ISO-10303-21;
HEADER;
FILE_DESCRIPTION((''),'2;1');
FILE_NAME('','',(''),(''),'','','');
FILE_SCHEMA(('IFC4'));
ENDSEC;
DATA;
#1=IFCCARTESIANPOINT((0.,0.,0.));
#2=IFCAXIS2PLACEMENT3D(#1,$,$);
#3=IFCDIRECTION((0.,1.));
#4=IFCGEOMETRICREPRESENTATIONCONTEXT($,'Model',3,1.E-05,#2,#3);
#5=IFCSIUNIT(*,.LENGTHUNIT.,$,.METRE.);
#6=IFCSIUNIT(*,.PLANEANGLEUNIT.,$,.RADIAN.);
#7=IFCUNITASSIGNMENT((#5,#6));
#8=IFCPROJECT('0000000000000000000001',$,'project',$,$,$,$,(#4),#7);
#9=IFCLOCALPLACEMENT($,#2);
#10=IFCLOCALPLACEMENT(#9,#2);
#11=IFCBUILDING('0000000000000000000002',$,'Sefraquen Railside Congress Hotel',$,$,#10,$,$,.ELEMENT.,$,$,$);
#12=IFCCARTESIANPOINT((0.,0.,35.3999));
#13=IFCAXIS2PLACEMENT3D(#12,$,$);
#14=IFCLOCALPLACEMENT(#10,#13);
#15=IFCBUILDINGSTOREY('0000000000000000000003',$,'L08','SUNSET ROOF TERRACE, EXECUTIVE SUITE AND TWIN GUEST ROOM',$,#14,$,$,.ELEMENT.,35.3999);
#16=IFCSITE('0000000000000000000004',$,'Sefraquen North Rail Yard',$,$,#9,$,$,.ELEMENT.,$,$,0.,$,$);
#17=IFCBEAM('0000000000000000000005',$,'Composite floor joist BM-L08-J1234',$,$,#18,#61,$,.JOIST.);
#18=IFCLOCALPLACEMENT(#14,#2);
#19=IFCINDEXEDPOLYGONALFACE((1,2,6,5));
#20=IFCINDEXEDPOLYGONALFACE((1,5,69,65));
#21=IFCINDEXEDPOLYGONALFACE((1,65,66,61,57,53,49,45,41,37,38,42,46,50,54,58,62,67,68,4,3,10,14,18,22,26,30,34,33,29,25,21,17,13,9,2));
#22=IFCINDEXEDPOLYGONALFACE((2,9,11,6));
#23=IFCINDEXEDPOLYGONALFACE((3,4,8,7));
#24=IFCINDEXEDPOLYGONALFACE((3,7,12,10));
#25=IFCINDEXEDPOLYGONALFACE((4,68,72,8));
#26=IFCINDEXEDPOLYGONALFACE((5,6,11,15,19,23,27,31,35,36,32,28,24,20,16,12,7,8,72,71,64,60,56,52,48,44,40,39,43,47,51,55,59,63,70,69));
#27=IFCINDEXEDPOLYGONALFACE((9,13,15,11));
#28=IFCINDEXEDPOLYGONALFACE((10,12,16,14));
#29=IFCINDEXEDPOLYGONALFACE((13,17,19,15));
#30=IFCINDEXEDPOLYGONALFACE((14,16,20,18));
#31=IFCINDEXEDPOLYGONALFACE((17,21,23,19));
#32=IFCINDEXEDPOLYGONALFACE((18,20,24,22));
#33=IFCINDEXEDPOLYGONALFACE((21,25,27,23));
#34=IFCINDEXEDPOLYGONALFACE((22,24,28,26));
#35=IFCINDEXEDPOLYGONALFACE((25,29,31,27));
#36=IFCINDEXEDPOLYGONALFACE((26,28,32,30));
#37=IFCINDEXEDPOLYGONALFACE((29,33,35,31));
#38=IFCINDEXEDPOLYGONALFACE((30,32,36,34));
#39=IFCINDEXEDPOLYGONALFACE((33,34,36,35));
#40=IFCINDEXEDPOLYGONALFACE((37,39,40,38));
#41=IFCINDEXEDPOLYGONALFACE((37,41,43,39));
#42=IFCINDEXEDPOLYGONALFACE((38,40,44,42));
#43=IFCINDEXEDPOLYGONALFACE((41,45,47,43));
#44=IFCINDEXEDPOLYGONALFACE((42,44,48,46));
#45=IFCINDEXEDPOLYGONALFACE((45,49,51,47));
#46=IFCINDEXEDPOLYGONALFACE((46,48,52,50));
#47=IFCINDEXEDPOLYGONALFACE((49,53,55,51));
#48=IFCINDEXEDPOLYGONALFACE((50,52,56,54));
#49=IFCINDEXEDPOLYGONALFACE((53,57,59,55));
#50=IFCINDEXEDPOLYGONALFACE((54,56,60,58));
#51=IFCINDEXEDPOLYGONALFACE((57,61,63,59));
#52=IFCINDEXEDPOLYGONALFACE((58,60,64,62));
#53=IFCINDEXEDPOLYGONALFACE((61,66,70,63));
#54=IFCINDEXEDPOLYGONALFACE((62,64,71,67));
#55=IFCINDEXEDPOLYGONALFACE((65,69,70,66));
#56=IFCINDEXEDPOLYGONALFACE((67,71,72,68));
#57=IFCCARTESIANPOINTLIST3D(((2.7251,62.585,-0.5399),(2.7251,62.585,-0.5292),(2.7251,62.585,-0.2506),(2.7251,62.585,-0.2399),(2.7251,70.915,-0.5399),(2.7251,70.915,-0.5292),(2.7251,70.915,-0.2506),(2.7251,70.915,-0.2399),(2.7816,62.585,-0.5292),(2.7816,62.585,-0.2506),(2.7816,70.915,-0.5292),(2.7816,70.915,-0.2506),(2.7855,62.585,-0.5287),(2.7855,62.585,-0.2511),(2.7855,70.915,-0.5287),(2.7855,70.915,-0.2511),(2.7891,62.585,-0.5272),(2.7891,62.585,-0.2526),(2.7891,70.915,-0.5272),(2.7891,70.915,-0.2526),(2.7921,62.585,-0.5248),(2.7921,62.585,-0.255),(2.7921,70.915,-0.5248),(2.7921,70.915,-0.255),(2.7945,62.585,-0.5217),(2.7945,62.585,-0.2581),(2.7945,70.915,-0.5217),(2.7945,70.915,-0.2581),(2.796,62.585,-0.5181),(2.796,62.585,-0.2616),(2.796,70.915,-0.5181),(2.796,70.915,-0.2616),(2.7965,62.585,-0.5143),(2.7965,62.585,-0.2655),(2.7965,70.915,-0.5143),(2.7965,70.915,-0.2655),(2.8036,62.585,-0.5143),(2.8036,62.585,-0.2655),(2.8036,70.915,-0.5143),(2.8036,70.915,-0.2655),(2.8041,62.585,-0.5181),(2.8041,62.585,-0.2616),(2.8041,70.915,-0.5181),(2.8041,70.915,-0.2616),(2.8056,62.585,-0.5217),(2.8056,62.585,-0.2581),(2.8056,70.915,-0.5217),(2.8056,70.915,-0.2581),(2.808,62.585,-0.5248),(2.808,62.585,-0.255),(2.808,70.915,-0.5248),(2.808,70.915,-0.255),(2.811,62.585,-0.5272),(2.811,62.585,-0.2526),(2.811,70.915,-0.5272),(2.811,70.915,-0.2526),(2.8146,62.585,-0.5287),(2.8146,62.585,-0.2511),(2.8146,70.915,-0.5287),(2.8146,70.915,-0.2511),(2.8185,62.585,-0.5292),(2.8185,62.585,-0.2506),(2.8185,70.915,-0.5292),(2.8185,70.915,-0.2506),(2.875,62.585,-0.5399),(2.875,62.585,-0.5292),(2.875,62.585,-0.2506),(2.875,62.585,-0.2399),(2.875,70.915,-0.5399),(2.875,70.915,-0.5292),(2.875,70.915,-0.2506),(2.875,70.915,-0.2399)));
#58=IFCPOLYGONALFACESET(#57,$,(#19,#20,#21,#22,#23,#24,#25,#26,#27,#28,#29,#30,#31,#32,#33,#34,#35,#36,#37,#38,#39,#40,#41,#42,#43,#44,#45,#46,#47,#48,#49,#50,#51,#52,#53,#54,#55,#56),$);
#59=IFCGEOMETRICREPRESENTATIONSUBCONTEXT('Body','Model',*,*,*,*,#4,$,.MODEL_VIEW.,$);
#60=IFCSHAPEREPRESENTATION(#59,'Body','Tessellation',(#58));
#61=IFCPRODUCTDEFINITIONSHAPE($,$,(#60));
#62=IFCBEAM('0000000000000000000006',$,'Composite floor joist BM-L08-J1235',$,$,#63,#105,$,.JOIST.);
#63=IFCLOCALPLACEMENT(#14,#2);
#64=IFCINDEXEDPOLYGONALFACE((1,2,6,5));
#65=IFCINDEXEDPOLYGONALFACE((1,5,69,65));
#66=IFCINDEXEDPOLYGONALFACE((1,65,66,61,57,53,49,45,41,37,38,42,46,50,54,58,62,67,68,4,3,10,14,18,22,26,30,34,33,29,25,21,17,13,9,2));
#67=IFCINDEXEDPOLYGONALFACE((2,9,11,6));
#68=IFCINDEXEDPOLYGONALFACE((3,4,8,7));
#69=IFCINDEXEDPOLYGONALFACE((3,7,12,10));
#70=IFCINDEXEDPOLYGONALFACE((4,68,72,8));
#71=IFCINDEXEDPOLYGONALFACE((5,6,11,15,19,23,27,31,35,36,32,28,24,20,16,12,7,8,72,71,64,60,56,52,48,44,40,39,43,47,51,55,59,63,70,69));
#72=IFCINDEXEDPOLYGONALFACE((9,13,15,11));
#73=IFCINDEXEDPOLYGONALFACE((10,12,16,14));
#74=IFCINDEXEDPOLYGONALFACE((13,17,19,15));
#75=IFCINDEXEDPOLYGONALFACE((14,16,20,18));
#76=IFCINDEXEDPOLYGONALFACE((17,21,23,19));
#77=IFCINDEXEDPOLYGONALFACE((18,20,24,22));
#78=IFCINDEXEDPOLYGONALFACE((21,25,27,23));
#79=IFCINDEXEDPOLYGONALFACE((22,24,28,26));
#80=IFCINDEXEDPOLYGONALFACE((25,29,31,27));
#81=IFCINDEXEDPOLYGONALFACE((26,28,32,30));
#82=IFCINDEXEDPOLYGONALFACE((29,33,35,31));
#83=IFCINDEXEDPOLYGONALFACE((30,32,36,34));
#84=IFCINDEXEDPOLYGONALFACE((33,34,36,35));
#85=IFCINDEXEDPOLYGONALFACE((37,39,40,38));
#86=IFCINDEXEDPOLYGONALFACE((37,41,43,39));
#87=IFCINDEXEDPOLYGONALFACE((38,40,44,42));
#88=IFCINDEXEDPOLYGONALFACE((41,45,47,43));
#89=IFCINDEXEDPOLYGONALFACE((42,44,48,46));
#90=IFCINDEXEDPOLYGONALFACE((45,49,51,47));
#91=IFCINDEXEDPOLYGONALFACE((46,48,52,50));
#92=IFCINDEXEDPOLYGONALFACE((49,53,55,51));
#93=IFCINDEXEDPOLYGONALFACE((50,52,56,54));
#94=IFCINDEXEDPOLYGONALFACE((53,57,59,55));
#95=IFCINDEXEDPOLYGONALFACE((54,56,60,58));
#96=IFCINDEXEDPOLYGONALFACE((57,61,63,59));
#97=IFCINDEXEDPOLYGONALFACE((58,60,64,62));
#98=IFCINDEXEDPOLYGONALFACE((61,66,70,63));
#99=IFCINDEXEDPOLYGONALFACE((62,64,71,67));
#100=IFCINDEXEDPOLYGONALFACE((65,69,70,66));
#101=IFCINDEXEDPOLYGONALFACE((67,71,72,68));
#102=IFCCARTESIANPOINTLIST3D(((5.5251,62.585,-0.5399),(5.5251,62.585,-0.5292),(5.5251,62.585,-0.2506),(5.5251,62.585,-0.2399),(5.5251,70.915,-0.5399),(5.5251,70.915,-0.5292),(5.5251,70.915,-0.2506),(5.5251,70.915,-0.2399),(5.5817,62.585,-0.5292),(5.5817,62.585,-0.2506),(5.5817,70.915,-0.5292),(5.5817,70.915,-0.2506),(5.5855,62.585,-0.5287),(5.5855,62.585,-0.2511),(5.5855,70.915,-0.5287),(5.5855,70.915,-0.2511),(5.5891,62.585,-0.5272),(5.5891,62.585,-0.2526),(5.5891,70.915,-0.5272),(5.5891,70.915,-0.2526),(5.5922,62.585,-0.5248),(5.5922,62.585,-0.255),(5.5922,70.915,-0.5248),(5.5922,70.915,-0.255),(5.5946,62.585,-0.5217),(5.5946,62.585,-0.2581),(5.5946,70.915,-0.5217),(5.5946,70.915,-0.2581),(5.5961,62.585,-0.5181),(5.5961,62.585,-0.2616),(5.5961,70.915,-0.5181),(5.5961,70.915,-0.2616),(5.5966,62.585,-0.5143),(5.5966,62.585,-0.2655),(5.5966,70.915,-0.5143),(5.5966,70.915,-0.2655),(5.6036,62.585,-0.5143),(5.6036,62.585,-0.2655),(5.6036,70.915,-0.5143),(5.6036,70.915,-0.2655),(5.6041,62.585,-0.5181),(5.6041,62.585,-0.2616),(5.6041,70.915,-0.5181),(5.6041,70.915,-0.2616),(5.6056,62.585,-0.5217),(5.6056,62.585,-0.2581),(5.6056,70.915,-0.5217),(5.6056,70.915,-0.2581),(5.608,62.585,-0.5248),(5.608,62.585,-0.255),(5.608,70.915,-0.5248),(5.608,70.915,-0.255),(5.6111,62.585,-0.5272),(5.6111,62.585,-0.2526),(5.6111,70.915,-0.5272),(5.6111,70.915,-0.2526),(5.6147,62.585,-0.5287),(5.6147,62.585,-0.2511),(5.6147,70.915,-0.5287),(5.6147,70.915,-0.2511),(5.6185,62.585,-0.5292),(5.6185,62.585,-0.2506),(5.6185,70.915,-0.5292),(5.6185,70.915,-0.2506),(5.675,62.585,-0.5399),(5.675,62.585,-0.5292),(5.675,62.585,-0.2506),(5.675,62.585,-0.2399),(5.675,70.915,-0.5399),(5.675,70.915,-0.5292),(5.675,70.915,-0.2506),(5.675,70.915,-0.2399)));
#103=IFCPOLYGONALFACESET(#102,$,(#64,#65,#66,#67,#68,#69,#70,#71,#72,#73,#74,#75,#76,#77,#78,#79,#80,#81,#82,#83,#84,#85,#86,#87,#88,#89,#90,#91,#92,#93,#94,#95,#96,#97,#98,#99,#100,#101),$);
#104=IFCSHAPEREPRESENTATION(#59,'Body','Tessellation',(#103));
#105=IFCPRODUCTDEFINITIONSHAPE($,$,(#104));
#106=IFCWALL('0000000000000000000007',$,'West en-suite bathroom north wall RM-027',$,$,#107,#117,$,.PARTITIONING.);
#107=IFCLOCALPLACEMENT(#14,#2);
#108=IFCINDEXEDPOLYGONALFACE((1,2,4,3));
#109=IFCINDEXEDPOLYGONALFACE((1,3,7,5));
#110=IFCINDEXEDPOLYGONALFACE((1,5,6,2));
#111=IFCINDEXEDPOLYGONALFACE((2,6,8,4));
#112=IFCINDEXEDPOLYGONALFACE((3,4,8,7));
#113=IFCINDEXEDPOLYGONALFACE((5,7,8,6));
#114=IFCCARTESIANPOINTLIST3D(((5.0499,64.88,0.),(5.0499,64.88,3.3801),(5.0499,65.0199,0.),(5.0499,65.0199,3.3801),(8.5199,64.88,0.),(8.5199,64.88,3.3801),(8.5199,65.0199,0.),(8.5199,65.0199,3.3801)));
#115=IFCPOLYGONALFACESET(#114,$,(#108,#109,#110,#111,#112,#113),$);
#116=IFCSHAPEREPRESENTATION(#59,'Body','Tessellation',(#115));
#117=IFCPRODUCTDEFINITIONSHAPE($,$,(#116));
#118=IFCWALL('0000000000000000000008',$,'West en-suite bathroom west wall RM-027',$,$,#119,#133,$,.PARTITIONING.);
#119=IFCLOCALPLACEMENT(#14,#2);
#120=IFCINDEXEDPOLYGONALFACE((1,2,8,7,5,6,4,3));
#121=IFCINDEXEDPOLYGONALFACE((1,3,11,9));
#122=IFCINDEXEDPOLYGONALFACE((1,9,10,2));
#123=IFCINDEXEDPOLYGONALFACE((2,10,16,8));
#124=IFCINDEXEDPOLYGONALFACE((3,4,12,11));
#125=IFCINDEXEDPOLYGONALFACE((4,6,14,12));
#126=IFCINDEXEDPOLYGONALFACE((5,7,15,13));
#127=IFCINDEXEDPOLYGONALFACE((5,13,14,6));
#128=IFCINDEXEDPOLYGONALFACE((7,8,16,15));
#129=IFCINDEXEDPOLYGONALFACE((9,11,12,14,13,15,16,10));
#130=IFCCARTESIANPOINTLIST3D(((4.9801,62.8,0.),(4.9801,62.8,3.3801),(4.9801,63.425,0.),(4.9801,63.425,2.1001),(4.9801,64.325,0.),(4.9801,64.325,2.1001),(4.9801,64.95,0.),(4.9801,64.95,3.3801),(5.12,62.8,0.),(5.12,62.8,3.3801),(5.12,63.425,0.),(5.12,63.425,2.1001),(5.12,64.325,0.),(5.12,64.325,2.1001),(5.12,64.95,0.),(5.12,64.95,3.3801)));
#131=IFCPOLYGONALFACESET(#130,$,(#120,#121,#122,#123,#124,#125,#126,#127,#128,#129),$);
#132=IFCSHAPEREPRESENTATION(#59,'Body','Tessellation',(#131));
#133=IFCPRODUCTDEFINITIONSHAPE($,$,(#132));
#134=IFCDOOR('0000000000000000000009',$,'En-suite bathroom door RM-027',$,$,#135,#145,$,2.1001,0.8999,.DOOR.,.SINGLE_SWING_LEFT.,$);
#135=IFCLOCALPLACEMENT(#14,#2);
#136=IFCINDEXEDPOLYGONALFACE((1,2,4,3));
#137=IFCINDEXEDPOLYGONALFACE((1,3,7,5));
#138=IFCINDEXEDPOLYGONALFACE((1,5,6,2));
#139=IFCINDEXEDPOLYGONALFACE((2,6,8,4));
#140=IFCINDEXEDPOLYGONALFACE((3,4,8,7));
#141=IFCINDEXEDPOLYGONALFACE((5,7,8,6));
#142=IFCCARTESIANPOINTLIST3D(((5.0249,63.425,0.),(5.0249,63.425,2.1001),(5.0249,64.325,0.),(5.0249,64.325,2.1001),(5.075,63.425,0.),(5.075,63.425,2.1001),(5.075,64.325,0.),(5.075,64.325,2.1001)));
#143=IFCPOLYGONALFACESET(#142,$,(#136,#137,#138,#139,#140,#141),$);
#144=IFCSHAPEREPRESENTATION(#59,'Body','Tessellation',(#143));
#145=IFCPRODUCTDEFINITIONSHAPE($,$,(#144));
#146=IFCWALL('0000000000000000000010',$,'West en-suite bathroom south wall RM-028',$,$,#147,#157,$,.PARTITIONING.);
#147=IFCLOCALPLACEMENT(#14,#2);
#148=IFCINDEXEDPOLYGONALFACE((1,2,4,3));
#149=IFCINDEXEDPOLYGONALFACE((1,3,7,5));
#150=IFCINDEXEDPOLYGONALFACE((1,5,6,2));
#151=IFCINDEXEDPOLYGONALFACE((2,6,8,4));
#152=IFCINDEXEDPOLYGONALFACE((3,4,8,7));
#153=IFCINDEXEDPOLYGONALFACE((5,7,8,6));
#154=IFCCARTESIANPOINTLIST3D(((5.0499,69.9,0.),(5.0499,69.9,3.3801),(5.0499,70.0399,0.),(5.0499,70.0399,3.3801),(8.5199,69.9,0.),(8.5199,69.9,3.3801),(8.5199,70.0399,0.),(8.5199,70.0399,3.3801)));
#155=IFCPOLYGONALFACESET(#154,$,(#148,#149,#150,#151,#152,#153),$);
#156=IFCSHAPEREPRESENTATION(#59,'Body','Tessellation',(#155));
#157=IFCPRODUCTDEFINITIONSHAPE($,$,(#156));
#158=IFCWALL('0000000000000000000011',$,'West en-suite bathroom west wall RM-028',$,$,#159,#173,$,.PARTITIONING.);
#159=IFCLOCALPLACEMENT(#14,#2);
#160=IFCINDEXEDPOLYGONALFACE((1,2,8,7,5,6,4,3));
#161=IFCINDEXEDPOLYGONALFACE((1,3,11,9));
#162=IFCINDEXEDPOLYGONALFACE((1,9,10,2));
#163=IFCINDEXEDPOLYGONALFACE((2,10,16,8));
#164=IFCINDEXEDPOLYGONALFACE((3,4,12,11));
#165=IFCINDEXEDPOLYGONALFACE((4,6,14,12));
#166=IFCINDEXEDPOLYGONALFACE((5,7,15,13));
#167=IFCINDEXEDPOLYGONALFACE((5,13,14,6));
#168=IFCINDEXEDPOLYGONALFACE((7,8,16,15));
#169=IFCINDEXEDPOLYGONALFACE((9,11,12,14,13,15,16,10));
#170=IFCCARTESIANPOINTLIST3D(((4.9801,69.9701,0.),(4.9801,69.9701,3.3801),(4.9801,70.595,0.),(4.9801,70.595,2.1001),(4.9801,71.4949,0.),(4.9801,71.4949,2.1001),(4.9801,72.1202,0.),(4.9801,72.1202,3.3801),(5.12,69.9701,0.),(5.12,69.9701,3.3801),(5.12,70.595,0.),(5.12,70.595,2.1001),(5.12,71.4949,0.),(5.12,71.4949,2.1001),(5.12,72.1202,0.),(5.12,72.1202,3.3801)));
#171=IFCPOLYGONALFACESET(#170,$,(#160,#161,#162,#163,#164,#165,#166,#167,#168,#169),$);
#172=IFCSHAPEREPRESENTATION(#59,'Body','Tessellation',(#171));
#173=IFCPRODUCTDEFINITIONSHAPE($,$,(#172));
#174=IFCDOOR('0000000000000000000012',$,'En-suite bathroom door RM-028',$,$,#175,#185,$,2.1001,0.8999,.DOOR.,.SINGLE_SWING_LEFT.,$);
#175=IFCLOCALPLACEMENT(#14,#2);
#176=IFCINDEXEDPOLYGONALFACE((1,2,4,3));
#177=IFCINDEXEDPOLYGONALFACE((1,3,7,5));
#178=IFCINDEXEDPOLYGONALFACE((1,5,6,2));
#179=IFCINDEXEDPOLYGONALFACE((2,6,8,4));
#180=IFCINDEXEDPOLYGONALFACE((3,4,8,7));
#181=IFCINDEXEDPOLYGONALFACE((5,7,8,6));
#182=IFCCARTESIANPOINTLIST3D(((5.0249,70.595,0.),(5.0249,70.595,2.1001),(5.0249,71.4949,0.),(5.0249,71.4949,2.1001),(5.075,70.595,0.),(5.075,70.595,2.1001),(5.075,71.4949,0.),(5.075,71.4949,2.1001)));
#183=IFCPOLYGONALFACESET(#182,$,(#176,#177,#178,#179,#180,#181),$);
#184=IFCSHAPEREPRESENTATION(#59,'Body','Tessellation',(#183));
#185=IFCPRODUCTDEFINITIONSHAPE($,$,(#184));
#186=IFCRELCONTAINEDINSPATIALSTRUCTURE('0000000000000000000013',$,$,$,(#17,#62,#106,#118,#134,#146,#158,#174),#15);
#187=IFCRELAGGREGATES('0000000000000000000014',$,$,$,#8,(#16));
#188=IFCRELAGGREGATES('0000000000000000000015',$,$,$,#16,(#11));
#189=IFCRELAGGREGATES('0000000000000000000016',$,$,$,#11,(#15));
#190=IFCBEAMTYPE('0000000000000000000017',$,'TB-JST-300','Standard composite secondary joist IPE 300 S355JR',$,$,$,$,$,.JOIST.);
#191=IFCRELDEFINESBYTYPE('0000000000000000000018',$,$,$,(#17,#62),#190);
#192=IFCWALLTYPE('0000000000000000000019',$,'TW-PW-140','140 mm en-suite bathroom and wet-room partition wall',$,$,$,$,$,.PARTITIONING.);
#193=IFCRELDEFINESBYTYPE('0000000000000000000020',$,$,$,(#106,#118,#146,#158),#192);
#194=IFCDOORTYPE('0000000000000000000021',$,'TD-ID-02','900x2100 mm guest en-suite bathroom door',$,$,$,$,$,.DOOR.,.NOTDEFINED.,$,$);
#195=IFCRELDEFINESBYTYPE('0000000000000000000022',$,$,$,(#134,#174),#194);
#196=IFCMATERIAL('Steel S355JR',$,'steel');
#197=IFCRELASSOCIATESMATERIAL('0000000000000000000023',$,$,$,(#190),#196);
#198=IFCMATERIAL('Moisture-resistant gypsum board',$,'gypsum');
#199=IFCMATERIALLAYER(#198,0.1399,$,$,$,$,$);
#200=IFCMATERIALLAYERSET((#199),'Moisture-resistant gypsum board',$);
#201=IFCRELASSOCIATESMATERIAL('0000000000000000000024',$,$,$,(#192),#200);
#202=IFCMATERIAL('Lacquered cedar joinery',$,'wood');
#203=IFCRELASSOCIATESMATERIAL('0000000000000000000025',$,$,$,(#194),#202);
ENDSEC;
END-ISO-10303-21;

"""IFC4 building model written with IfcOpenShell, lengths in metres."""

from ifc_helpers import new_model, si_unit, direction, frame, frame_2d, origin, origin_2d, place, context, subcontext, project, spatial, rectangle, i_section, extrude, material, layer, layer_set, material_profile, profile_set, type_object, element, fill, save


model = new_model("IFC4")

# Units and contexts
model_context = context("Model", 3, precision=1e-05, world=origin(), true_north=direction((0.0, 1.0)))
body_context = subcontext(model_context, "Body", "Model", "MODEL_VIEW")
ifc_project = project(units=[si_unit("LENGTHUNIT", "METRE"), si_unit("PLANEANGLEUNIT", "RADIAN")], contexts=[model_context])

# Site, building, storey
site_placement = place(None, origin())
site = spatial("IfcSite", under=ifc_project, at=site_placement, Name="Sefraquen North Rail Yard", CompositionType="ELEMENT", RefElevation=0.0)
building_placement = place(site_placement, origin())
building = spatial("IfcBuilding", under=site, at=building_placement, Name="Sefraquen Railside Congress Hotel", CompositionType="ELEMENT")
storey_placement = place(building_placement, frame((0.0, 0.0, 35.3999)))
storey = spatial("IfcBuildingStorey", under=building, at=storey_placement, Name="L08", Description="SUNSET ROOF TERRACE, EXECUTIVE SUITE AND TWIN GUEST ROOM", CompositionType="ELEMENT", Elevation=35.3999)

# Shared definitions
ifc_material_1 = material(Name="Steel S355JR", Category="steel")

# Beams
ifc_material_profile_1 = material_profile(ifc_material_1, i_section(OverallWidth=0.1499, OverallDepth=0.3, WebThickness=0.0071, FlangeThickness=0.0107, FilletRadius=0.0149, at=origin_2d()), Name="IPE 300")
ifc_profile_set_1 = profile_set([ifc_material_profile_1], Name="Steel S355JR")
beam_type_1 = type_object("IfcBeamType", Name="TB-JST-300", Description="Standard composite secondary joist IPE 300 S355JR", PredefinedType="JOIST", material=ifc_profile_set_1)
for number, where, z_axis, x_axis, name in (
    (1, (2.8, 62.585, -0.3899), (0.0, 1.0, 0.0), (-1.0, 0.0, 0.0), "Composite floor joist BM-L08-J1234"),
    (2, (5.6001, 62.585, -0.3899), (0.0, 1.0, 0.0), (-1.0, 0.0, 0.0), "Composite floor joist BM-L08-J1235"),
):
    element("IfcBeam", number, at=place(storey_placement, frame(where, z_axis=z_axis, x_axis=x_axis)), inside=storey, type_object=beam_type_1, Name=name, PredefinedType="JOIST", context=body_context, shape_type="SweptSolid", body=[
        extrude(i_section(OverallWidth=0.1499, OverallDepth=0.3, WebThickness=0.0071, FlangeThickness=0.0107, FilletRadius=0.0149, at=origin_2d()), origin(), (0.0, 0.0, 1.0), 8.3301),
    ])

# Wall
ifc_material_2 = material(Name="Moisture-resistant gypsum board", Category="gypsum")
ifc_layer_1 = layer(ifc_material_2, 0.1399)
ifc_layer_set_1 = layer_set([ifc_layer_1], Name="Moisture-resistant gypsum board")
wall_type_1 = type_object("IfcWallType", Name="TW-PW-140", Description="140 mm en-suite bathroom and wet-room partition wall", PredefinedType="PARTITIONING", material=ifc_layer_set_1)
wall_1_placement = place(storey_placement, frame((5.05, 64.95, 0.0), z_axis=(0.0, 0.0, 1.0), x_axis=(1.0, 0.0, 0.0)))
element("IfcWall", 3, at=wall_1_placement, inside=storey, type_object=wall_type_1, Name="West en-suite bathroom north wall RM-027", PredefinedType="PARTITIONING", context=body_context, shape_type="SweptSolid", body=[
    extrude(rectangle(XDim=3.47, YDim=0.1399, at=frame_2d((1.7349, 0.0))), origin(), (0.0, 0.0, 1.0), 3.3801),
])

# Wall, opening, door
wall_2_placement = place(storey_placement, frame((5.05, 62.8, 0.0), z_axis=(0.0, 0.0, 1.0), x_axis=(0.0, 1.0, 0.0)))
wall_2 = element("IfcWall", 4, at=wall_2_placement, inside=storey, type_object=wall_type_1, Name="West en-suite bathroom west wall RM-027", PredefinedType="PARTITIONING", context=body_context, shape_type="SweptSolid", body=[
    extrude(rectangle(XDim=2.1499, YDim=0.1399, at=frame_2d((1.075, 0.0))), origin(), (0.0, 0.0, 1.0), 3.3801),
])
opening_1_placement = place(wall_2_placement, frame((0.625, 0.0, 0.0)))
opening_1 = element("IfcOpeningElement", 5, at=opening_1_placement, cuts=wall_2, PredefinedType="OPENING", context=body_context, shape_type="SweptSolid", body=[
    extrude(rectangle(XDim=0.8999, YDim=2.1001, at=frame_2d((0.45, 1.05))), frame((0.0, 0.0798, 0.0), z_axis=(0.0, -1.0, 0.0), x_axis=(1.0, 0.0, 0.0)), (0.0, 0.0, 1.0), 0.1599),
])
ifc_material_3 = material(Name="Lacquered cedar joinery", Category="wood")
door_type = type_object("IfcDoorType", Name="TD-ID-02", Description="900x2100 mm guest en-suite bathroom door", OperationType="NOTDEFINED", PredefinedType="DOOR", material=ifc_material_3)
door_1_placement = place(opening_1_placement, frame((0.8999, 0.0, 0.0), z_axis=(0.0, 0.0, 1.0), x_axis=(-1.0, 0.0, 0.0)))
door_1 = element("IfcDoor", 6, at=door_1_placement, inside=storey, type_object=door_type, Name="En-suite bathroom door RM-027", OperationType="SINGLE_SWING_LEFT", OverallHeight=2.1001, OverallWidth=0.8999, PredefinedType="DOOR", context=body_context, shape_type="SweptSolid", body=[
    extrude(rectangle(XDim=0.8999, YDim=2.1001, at=frame_2d((0.45, 1.05))), frame((0.0, 0.0249, 0.0), z_axis=(0.0, -1.0, 0.0), x_axis=(1.0, 0.0, 0.0)), (0.0, 0.0, 1.0), 0.05),
])
fill(opening_1, door_1)

# Wall
wall_3_placement = place(storey_placement, frame((5.05, 69.97, 0.0), z_axis=(0.0, 0.0, 1.0), x_axis=(1.0, 0.0, 0.0)))
element("IfcWall", 7, at=wall_3_placement, inside=storey, type_object=wall_type_1, Name="West en-suite bathroom south wall RM-028", PredefinedType="PARTITIONING", context=body_context, shape_type="SweptSolid", body=[
    extrude(rectangle(XDim=3.47, YDim=0.1399, at=frame_2d((1.7349, 0.0))), origin(), (0.0, 0.0, 1.0), 3.3801),
])

# Wall, opening, door
wall_4_placement = place(storey_placement, frame((5.05, 69.97, 0.0), z_axis=(0.0, 0.0, 1.0), x_axis=(0.0, 1.0, 0.0)))
wall_4 = element("IfcWall", 8, at=wall_4_placement, inside=storey, type_object=wall_type_1, Name="West en-suite bathroom west wall RM-028", PredefinedType="PARTITIONING", context=body_context, shape_type="SweptSolid", body=[
    extrude(rectangle(XDim=2.1501, YDim=0.1399, at=frame_2d((1.0752, 0.0))), origin(), (0.0, 0.0, 1.0), 3.3801),
])
opening_2_placement = place(wall_4_placement, frame((0.625, 0.0, 0.0)))
opening_2 = element("IfcOpeningElement", 9, at=opening_2_placement, cuts=wall_4, PredefinedType="OPENING", context=body_context, shape_type="SweptSolid", body=[
    extrude(rectangle(XDim=0.8999, YDim=2.1001, at=frame_2d((0.45, 1.05))), frame((0.0, 0.0798, 0.0), z_axis=(0.0, -1.0, 0.0), x_axis=(1.0, 0.0, 0.0)), (0.0, 0.0, 1.0), 0.1599),
])
door_2_placement = place(opening_2_placement, frame((0.8999, 0.0, 0.0), z_axis=(0.0, 0.0, 1.0), x_axis=(-1.0, 0.0, 0.0)))
door_2 = element("IfcDoor", 10, at=door_2_placement, inside=storey, type_object=door_type, Name="En-suite bathroom door RM-028", OperationType="SINGLE_SWING_LEFT", OverallHeight=2.1001, OverallWidth=0.8999, PredefinedType="DOOR", context=body_context, shape_type="SweptSolid", body=[
    extrude(rectangle(XDim=0.8999, YDim=2.1001, at=frame_2d((0.45, 1.05))), frame((0.0, 0.0249, 0.0), z_axis=(0.0, -1.0, 0.0), x_axis=(1.0, 0.0, 0.0)), (0.0, 0.0, 1.0), 0.05),
])
fill(opening_2, door_2)

save(model, "model.ifc")
